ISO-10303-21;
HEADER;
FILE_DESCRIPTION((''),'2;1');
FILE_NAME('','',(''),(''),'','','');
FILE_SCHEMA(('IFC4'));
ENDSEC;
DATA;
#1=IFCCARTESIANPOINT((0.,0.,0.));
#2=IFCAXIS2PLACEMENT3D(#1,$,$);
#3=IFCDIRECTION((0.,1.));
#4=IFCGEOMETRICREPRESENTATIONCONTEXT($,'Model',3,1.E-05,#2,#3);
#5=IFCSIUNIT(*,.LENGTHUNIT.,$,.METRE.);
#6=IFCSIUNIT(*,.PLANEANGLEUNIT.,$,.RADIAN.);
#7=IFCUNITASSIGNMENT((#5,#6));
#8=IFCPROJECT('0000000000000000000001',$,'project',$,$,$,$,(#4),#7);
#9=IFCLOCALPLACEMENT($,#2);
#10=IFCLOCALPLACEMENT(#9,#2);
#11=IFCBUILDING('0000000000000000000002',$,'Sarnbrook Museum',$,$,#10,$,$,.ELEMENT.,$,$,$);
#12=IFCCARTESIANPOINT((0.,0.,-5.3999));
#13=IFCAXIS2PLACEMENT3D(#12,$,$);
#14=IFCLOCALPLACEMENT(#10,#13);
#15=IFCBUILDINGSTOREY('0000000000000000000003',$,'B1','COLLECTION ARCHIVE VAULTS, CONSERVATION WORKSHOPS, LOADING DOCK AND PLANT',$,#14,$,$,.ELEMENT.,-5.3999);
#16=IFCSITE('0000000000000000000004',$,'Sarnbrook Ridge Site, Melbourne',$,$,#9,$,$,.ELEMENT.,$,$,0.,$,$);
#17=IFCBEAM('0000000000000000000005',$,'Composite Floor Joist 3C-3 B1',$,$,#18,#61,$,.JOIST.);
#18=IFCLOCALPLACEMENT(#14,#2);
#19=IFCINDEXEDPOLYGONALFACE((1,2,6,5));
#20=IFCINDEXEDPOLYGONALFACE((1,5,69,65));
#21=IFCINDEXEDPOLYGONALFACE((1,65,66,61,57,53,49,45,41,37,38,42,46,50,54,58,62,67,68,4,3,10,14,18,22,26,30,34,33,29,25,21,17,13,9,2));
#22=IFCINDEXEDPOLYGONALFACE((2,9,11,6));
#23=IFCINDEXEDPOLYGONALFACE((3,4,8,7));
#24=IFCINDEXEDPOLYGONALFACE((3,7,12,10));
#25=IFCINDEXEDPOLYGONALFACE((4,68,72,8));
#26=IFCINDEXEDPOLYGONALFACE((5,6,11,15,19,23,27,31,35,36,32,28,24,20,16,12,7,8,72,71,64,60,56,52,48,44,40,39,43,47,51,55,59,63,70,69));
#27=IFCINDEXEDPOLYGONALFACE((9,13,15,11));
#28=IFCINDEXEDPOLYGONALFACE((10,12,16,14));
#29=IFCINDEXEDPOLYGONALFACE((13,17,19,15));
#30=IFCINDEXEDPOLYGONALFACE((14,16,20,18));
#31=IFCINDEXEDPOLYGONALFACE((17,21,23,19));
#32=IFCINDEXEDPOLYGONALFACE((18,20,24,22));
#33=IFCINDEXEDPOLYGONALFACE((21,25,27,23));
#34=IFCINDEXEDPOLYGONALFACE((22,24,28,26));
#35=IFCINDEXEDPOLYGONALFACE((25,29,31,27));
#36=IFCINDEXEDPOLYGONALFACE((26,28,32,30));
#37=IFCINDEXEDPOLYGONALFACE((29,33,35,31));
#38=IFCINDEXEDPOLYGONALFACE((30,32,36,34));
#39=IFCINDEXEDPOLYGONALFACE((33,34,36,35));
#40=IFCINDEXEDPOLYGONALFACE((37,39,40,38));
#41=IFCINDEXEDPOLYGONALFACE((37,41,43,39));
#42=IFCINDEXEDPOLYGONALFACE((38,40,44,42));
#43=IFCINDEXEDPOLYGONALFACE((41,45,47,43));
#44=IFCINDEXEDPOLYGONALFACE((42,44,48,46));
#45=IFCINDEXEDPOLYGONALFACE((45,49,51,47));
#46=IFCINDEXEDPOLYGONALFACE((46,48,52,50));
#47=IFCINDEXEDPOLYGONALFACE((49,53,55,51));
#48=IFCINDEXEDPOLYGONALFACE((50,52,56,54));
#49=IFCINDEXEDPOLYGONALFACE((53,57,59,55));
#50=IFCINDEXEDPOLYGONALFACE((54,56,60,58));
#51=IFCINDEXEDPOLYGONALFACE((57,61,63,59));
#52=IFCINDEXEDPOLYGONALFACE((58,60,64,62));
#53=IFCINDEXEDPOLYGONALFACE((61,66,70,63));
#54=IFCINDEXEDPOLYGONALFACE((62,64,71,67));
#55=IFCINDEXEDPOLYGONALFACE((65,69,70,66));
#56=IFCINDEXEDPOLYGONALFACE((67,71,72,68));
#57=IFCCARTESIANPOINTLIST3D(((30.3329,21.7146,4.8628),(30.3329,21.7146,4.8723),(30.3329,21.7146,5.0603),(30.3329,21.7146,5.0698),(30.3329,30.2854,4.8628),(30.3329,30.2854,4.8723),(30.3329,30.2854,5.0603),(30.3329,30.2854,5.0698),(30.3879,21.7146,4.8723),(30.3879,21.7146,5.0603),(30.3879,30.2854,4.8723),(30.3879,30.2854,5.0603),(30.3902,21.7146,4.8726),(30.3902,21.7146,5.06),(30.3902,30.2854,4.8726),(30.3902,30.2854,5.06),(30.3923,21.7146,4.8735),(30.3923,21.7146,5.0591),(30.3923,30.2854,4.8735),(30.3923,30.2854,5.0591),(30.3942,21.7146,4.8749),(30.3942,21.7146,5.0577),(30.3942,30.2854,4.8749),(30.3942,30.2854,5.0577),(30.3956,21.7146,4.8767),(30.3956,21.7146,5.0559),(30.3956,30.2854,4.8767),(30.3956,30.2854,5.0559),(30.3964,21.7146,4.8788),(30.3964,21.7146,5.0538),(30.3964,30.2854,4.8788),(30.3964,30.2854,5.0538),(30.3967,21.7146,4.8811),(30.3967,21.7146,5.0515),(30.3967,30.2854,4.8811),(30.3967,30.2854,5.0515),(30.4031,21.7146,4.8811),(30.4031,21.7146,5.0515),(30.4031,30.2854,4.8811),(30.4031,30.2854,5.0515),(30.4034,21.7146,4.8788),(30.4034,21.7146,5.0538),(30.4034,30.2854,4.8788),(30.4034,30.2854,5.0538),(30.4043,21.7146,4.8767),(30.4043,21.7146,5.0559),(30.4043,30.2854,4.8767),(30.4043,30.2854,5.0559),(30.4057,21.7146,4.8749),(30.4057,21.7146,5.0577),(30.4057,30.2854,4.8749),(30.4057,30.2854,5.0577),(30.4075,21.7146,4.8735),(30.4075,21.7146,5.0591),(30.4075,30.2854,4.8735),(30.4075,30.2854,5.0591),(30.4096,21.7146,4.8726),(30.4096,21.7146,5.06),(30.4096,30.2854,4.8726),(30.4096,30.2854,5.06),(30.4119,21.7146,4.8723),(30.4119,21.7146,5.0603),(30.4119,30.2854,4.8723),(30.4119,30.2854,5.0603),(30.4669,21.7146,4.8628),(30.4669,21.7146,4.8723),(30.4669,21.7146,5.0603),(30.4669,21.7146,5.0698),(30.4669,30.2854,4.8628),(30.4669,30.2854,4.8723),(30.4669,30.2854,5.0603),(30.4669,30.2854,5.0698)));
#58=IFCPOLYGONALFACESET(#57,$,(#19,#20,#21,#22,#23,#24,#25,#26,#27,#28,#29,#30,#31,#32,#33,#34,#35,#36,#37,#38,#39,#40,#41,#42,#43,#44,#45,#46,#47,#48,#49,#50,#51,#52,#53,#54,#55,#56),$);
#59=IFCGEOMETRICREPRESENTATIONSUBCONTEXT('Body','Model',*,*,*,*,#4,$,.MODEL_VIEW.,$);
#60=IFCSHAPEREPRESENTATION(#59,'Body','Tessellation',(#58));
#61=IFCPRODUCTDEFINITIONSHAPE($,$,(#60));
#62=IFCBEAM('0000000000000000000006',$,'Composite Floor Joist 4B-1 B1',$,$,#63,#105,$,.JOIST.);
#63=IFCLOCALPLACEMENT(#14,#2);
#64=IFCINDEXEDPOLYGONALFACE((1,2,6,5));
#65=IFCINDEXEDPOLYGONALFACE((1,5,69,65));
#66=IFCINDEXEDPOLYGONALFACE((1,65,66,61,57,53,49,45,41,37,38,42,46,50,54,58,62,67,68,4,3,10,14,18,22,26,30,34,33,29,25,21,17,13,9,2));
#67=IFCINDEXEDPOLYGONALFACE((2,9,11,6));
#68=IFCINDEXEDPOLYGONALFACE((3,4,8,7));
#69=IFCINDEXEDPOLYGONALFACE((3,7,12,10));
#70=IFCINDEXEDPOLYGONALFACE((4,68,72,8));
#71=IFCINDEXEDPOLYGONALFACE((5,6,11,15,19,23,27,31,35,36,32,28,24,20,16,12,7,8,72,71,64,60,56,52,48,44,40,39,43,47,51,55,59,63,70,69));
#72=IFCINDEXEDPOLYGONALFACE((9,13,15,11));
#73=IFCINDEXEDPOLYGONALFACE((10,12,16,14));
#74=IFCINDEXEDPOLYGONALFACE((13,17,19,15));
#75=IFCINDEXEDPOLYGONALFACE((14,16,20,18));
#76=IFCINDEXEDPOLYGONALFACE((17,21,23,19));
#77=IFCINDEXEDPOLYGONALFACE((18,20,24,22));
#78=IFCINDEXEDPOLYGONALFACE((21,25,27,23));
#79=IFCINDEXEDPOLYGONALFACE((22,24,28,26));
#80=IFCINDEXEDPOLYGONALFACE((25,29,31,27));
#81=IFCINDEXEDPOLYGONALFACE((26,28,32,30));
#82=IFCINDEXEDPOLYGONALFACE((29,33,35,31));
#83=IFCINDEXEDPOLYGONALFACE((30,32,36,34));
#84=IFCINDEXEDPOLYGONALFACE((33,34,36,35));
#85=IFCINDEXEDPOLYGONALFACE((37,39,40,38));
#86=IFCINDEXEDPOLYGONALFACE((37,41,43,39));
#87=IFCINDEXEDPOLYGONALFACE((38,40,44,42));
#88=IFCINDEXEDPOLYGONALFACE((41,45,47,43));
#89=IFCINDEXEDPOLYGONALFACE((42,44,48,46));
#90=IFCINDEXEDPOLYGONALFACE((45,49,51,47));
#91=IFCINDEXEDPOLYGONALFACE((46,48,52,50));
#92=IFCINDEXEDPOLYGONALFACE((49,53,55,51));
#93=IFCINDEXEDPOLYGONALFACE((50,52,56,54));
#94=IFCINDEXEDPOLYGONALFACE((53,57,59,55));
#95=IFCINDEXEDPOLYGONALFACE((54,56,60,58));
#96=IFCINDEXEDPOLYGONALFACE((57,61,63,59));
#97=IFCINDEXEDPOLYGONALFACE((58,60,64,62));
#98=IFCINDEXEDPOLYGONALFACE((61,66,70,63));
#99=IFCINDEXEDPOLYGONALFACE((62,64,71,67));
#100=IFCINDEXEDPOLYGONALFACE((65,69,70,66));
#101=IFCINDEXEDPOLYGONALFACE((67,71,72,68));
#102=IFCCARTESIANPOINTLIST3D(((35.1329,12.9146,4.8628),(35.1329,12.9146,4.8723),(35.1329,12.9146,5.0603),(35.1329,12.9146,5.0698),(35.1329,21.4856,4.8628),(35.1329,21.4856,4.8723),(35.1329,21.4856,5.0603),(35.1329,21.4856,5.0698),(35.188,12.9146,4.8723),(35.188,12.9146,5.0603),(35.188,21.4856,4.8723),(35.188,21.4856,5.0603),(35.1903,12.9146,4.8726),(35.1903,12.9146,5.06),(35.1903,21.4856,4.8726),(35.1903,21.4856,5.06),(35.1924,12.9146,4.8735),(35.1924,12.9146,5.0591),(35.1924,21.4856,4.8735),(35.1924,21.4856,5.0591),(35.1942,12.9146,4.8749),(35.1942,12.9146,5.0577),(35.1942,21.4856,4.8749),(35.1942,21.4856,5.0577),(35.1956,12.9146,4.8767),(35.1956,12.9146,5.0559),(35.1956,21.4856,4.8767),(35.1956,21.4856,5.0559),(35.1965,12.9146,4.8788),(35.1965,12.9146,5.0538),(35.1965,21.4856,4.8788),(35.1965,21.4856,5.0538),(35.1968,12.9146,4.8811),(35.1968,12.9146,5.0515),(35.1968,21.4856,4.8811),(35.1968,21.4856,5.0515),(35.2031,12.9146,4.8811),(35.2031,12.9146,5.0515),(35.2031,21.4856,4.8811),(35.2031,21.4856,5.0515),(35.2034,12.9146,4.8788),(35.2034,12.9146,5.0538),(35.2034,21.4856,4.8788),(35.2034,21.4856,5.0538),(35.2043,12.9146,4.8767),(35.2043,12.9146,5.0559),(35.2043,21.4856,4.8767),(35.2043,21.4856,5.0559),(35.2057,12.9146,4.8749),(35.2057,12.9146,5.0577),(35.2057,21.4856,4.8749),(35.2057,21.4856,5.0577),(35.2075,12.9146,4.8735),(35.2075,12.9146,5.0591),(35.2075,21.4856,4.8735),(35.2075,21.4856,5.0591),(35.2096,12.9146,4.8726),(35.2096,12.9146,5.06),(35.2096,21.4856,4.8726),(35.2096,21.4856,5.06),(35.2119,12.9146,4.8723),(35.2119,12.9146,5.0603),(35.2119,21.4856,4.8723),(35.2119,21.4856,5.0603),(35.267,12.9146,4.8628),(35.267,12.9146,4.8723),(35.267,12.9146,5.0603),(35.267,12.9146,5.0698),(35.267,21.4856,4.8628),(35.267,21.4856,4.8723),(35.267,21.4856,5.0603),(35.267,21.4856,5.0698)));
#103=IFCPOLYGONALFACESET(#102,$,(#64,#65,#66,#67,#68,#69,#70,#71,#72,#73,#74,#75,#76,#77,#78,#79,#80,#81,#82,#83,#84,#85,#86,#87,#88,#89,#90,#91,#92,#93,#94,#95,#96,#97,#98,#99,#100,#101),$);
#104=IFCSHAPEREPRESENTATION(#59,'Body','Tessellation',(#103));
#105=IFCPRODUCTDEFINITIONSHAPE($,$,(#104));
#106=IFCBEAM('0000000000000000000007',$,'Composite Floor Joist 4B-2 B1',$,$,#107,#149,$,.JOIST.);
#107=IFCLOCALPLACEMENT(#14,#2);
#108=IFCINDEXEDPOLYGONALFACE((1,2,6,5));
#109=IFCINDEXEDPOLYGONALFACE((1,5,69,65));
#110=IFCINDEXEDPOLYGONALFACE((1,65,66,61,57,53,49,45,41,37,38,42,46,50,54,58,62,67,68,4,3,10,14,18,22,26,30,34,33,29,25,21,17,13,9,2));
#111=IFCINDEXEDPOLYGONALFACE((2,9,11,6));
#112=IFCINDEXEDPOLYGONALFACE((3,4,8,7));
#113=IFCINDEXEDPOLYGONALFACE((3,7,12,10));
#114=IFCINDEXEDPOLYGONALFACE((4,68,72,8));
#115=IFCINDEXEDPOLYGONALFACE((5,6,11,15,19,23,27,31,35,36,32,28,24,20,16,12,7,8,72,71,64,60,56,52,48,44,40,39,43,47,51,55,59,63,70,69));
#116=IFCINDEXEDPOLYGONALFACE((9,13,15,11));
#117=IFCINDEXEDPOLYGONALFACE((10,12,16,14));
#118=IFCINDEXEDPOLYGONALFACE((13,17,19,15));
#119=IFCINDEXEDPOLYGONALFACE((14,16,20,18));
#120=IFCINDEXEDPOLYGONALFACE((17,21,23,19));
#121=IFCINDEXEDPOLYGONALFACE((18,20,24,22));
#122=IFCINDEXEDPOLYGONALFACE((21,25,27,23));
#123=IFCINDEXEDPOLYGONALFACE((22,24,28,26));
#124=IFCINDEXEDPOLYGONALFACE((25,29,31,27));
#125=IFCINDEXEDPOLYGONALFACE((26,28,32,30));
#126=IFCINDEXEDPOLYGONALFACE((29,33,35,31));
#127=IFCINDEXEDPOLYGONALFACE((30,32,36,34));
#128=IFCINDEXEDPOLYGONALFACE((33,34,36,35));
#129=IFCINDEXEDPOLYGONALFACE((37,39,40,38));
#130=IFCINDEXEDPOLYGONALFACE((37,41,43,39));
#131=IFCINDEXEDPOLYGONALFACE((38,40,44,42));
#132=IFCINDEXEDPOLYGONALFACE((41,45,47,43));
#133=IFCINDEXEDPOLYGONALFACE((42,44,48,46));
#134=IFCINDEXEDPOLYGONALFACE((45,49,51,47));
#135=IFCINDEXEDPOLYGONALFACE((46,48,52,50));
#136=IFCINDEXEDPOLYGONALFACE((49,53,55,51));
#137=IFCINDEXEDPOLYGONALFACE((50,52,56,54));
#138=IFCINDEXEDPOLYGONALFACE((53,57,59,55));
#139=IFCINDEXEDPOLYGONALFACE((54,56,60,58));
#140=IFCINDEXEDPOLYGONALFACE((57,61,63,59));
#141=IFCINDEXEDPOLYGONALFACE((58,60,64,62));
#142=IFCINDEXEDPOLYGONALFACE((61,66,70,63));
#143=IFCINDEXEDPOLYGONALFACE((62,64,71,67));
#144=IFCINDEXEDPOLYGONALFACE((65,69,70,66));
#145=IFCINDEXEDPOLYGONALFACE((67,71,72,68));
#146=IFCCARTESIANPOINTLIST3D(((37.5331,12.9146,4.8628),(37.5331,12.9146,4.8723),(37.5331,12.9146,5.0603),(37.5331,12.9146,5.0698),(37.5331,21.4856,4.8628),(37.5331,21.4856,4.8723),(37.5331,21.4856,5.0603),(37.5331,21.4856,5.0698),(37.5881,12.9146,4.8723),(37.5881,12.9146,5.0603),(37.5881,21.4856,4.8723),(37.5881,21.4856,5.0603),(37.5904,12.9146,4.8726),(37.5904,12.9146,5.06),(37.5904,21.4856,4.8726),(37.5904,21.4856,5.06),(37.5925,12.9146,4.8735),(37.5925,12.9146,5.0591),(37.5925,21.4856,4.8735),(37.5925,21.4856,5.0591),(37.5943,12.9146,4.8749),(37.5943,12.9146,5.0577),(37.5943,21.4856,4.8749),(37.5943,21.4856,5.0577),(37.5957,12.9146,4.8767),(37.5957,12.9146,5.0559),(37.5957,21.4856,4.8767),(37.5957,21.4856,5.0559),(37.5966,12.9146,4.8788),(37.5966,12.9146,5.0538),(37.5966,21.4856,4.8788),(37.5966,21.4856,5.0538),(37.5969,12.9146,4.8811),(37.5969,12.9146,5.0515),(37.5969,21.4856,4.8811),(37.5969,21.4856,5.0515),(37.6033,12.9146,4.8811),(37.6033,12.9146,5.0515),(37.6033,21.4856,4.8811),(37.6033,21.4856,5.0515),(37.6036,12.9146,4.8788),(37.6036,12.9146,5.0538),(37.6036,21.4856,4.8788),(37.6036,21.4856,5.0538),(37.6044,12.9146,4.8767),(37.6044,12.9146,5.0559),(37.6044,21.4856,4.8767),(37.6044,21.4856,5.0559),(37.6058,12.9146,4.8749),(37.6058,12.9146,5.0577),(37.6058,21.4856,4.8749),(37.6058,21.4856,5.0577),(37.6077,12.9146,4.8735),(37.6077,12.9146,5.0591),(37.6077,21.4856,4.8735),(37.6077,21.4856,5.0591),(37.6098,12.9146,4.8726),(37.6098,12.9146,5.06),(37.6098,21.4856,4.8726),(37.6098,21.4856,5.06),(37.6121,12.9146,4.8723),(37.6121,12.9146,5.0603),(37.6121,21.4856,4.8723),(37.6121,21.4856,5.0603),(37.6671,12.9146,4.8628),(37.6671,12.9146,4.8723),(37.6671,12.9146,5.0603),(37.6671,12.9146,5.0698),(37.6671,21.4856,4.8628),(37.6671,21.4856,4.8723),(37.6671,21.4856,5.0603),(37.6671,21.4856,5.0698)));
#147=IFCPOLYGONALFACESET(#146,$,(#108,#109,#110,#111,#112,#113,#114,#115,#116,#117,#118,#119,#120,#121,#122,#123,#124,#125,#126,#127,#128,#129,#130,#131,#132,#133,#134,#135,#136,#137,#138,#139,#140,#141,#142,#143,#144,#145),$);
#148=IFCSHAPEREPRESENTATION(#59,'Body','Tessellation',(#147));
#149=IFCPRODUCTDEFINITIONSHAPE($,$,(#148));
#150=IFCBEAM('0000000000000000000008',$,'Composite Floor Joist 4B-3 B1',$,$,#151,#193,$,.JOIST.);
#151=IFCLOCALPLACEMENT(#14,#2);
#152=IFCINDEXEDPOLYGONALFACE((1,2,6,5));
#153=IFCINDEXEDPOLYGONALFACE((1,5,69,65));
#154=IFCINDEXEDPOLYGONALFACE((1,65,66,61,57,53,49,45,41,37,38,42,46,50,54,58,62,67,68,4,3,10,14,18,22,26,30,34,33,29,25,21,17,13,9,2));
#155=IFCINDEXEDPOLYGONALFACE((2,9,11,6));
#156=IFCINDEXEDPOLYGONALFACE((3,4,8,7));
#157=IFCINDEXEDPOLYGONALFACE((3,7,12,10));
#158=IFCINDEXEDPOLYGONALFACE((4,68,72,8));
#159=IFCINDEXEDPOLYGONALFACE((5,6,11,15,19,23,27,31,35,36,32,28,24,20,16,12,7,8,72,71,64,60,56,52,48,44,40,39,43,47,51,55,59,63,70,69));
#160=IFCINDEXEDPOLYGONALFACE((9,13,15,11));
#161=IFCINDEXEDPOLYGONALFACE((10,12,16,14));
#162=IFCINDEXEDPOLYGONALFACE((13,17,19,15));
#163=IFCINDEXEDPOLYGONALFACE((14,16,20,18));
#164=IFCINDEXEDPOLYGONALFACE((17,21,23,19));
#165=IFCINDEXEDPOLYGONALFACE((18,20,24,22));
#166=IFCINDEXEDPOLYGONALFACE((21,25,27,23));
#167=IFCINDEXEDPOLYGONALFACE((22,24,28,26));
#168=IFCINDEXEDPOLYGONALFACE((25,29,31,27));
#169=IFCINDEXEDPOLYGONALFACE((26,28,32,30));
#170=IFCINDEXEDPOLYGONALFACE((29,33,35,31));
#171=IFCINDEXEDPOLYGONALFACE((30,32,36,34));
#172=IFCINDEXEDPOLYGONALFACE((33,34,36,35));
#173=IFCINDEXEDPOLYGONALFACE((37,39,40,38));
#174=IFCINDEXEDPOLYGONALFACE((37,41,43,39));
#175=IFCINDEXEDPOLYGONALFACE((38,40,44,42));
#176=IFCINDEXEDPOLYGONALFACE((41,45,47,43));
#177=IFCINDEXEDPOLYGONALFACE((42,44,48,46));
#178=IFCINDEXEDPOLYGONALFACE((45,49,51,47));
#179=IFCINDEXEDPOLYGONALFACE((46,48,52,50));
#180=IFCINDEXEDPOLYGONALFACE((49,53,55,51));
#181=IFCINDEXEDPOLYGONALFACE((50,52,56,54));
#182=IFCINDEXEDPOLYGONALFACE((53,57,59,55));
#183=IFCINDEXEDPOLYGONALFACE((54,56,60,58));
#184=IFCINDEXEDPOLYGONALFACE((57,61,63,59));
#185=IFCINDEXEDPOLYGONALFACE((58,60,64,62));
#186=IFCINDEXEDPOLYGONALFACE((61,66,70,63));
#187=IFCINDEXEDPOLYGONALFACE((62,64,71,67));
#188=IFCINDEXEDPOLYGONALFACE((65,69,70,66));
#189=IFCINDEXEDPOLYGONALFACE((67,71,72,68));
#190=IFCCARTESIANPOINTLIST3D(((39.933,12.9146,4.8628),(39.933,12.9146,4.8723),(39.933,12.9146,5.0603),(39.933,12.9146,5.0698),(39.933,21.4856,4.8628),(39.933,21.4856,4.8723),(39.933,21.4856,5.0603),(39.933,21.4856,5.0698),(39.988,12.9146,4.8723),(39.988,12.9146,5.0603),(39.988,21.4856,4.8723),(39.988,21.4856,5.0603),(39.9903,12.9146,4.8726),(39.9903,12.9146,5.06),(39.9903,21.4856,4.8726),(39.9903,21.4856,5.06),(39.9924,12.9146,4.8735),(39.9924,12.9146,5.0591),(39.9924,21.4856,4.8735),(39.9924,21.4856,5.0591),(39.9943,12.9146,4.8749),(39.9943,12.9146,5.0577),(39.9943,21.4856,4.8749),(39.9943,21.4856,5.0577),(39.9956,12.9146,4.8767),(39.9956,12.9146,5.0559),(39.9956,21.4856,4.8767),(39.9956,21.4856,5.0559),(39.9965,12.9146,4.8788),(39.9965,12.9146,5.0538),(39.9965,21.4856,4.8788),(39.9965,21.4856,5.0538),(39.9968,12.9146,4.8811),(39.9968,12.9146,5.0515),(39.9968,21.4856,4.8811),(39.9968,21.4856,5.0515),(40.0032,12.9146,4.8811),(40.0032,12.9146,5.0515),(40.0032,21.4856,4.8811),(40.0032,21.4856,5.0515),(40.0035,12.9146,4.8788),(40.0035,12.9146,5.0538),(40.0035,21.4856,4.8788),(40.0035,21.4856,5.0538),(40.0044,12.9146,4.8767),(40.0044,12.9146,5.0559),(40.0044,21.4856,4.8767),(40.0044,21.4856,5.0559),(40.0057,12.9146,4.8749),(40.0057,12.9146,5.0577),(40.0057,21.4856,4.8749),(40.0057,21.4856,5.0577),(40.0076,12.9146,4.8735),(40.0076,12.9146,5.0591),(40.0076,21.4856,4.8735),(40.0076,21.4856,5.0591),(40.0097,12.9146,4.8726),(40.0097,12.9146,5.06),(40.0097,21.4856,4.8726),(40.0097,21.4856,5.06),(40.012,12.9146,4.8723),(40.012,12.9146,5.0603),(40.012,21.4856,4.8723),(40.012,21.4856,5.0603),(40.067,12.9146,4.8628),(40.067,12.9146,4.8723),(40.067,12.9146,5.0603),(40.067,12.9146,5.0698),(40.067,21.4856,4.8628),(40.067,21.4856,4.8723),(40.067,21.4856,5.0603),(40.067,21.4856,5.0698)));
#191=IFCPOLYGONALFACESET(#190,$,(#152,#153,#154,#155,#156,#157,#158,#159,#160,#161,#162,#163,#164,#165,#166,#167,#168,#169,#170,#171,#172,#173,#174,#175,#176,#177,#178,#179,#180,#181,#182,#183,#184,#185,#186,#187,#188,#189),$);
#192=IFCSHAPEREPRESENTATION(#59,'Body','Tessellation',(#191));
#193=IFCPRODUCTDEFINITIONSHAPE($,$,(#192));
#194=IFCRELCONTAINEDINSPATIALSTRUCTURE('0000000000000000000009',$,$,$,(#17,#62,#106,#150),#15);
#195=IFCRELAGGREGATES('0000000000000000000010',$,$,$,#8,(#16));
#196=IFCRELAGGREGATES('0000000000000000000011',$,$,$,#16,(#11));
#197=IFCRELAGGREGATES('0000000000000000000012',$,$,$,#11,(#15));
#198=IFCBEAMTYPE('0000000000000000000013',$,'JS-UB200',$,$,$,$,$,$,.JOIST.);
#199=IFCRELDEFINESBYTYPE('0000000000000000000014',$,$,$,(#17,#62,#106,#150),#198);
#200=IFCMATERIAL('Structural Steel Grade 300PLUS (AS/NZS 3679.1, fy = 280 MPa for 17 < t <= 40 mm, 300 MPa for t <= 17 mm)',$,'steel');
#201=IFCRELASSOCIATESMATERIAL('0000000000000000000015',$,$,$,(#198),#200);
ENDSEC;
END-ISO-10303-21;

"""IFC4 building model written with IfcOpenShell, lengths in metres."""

from ifc_helpers import new_model, si_unit, direction, frame, origin, origin_2d, place, context, subcontext, project, spatial, i_section, extrude, material, material_profile, profile_set, type_object, element, save


model = new_model("IFC4")

# Units and contexts
model_context = context("Model", 3, precision=1e-05, world=origin(), true_north=direction((0.0, 1.0)))
body_context = subcontext(model_context, "Body", "Model", "MODEL_VIEW")
ifc_project = project(units=[si_unit("LENGTHUNIT", "METRE"), si_unit("PLANEANGLEUNIT", "RADIAN")], contexts=[model_context])

# Site, building, storey
site_placement = place(None, origin())
site = spatial("IfcSite", under=ifc_project, at=site_placement, Name="Sarnbrook Ridge Site, Melbourne", CompositionType="ELEMENT", RefElevation=0.0)
building_placement = place(site_placement, origin())
building = spatial("IfcBuilding", under=site, at=building_placement, Name="Sarnbrook Museum", CompositionType="ELEMENT")
storey_placement = place(building_placement, frame((0.0, 0.0, -5.3999)))
storey = spatial("IfcBuildingStorey", under=building, at=storey_placement, Name="B1", Description="COLLECTION ARCHIVE VAULTS, CONSERVATION WORKSHOPS, LOADING DOCK AND PLANT", CompositionType="ELEMENT", Elevation=-5.3999)

# Beams
ifc_material_1 = material(Name="Structural Steel Grade 300PLUS (AS/NZS 3679.1, fy = 280 MPa for 17 < t <= 40 mm, 300 MPa for t <= 17 mm)", Category="steel")
ifc_material_profile_1 = material_profile(ifc_material_1, i_section(OverallWidth=0.134, OverallDepth=0.207, WebThickness=0.0063, FlangeThickness=0.0095, FilletRadius=0.0088, at=origin_2d()), Name="200UB29.8")
ifc_profile_set_1 = profile_set([ifc_material_profile_1], Name="Structural Steel Grade 300PLUS (AS/NZS 3679.1, fy = 280 MPa for 17 < t <= 40 mm, 300 MPa for t <= 17 mm)")
beam_type_1 = type_object("IfcBeamType", Name="JS-UB200", PredefinedType="JOIST", material=ifc_profile_set_1)
beam_1_placement = place(storey_placement, frame((30.3999, 21.7146, 4.9663), z_axis=(0.0, 1.0, 0.0), x_axis=(-1.0, 0.0, 0.0)))
element("IfcBeam", 1, at=beam_1_placement, inside=storey, type_object=beam_type_1, Name="Composite Floor Joist 3C-3 B1", PredefinedType="JOIST", context=body_context, shape_type="SweptSolid", body=[
    extrude(i_section(OverallWidth=0.134, OverallDepth=0.207, WebThickness=0.0063, FlangeThickness=0.0095, FilletRadius=0.0088, at=origin_2d()), origin(), (0.0, 0.0, 1.0), 8.5708),
])
for number, where, z_axis, x_axis, name in (
    (2, (35.2, 12.9146, 4.9663), (0.0, 1.0, 0.0), (-1.0, 0.0, 0.0), "Composite Floor Joist 4B-1 B1"),
    (3, (37.6001, 12.9146, 4.9663), (0.0, 1.0, 0.0), (-1.0, 0.0, 0.0), "Composite Floor Joist 4B-2 B1"),
    (4, (40.0, 12.9146, 4.9663), (0.0, 1.0, 0.0), (-1.0, 0.0, 0.0), "Composite Floor Joist 4B-3 B1"),
):
    element("IfcBeam", number, at=place(storey_placement, frame(where, z_axis=z_axis, x_axis=x_axis)), inside=storey, type_object=beam_type_1, Name=name, PredefinedType="JOIST", context=body_context, shape_type="SweptSolid", body=[
        extrude(i_section(OverallWidth=0.134, OverallDepth=0.207, WebThickness=0.0063, FlangeThickness=0.0095, FilletRadius=0.0088, at=origin_2d()), origin(), (0.0, 0.0, 1.0), 8.571),
    ])

save(model, "model.ifc")
